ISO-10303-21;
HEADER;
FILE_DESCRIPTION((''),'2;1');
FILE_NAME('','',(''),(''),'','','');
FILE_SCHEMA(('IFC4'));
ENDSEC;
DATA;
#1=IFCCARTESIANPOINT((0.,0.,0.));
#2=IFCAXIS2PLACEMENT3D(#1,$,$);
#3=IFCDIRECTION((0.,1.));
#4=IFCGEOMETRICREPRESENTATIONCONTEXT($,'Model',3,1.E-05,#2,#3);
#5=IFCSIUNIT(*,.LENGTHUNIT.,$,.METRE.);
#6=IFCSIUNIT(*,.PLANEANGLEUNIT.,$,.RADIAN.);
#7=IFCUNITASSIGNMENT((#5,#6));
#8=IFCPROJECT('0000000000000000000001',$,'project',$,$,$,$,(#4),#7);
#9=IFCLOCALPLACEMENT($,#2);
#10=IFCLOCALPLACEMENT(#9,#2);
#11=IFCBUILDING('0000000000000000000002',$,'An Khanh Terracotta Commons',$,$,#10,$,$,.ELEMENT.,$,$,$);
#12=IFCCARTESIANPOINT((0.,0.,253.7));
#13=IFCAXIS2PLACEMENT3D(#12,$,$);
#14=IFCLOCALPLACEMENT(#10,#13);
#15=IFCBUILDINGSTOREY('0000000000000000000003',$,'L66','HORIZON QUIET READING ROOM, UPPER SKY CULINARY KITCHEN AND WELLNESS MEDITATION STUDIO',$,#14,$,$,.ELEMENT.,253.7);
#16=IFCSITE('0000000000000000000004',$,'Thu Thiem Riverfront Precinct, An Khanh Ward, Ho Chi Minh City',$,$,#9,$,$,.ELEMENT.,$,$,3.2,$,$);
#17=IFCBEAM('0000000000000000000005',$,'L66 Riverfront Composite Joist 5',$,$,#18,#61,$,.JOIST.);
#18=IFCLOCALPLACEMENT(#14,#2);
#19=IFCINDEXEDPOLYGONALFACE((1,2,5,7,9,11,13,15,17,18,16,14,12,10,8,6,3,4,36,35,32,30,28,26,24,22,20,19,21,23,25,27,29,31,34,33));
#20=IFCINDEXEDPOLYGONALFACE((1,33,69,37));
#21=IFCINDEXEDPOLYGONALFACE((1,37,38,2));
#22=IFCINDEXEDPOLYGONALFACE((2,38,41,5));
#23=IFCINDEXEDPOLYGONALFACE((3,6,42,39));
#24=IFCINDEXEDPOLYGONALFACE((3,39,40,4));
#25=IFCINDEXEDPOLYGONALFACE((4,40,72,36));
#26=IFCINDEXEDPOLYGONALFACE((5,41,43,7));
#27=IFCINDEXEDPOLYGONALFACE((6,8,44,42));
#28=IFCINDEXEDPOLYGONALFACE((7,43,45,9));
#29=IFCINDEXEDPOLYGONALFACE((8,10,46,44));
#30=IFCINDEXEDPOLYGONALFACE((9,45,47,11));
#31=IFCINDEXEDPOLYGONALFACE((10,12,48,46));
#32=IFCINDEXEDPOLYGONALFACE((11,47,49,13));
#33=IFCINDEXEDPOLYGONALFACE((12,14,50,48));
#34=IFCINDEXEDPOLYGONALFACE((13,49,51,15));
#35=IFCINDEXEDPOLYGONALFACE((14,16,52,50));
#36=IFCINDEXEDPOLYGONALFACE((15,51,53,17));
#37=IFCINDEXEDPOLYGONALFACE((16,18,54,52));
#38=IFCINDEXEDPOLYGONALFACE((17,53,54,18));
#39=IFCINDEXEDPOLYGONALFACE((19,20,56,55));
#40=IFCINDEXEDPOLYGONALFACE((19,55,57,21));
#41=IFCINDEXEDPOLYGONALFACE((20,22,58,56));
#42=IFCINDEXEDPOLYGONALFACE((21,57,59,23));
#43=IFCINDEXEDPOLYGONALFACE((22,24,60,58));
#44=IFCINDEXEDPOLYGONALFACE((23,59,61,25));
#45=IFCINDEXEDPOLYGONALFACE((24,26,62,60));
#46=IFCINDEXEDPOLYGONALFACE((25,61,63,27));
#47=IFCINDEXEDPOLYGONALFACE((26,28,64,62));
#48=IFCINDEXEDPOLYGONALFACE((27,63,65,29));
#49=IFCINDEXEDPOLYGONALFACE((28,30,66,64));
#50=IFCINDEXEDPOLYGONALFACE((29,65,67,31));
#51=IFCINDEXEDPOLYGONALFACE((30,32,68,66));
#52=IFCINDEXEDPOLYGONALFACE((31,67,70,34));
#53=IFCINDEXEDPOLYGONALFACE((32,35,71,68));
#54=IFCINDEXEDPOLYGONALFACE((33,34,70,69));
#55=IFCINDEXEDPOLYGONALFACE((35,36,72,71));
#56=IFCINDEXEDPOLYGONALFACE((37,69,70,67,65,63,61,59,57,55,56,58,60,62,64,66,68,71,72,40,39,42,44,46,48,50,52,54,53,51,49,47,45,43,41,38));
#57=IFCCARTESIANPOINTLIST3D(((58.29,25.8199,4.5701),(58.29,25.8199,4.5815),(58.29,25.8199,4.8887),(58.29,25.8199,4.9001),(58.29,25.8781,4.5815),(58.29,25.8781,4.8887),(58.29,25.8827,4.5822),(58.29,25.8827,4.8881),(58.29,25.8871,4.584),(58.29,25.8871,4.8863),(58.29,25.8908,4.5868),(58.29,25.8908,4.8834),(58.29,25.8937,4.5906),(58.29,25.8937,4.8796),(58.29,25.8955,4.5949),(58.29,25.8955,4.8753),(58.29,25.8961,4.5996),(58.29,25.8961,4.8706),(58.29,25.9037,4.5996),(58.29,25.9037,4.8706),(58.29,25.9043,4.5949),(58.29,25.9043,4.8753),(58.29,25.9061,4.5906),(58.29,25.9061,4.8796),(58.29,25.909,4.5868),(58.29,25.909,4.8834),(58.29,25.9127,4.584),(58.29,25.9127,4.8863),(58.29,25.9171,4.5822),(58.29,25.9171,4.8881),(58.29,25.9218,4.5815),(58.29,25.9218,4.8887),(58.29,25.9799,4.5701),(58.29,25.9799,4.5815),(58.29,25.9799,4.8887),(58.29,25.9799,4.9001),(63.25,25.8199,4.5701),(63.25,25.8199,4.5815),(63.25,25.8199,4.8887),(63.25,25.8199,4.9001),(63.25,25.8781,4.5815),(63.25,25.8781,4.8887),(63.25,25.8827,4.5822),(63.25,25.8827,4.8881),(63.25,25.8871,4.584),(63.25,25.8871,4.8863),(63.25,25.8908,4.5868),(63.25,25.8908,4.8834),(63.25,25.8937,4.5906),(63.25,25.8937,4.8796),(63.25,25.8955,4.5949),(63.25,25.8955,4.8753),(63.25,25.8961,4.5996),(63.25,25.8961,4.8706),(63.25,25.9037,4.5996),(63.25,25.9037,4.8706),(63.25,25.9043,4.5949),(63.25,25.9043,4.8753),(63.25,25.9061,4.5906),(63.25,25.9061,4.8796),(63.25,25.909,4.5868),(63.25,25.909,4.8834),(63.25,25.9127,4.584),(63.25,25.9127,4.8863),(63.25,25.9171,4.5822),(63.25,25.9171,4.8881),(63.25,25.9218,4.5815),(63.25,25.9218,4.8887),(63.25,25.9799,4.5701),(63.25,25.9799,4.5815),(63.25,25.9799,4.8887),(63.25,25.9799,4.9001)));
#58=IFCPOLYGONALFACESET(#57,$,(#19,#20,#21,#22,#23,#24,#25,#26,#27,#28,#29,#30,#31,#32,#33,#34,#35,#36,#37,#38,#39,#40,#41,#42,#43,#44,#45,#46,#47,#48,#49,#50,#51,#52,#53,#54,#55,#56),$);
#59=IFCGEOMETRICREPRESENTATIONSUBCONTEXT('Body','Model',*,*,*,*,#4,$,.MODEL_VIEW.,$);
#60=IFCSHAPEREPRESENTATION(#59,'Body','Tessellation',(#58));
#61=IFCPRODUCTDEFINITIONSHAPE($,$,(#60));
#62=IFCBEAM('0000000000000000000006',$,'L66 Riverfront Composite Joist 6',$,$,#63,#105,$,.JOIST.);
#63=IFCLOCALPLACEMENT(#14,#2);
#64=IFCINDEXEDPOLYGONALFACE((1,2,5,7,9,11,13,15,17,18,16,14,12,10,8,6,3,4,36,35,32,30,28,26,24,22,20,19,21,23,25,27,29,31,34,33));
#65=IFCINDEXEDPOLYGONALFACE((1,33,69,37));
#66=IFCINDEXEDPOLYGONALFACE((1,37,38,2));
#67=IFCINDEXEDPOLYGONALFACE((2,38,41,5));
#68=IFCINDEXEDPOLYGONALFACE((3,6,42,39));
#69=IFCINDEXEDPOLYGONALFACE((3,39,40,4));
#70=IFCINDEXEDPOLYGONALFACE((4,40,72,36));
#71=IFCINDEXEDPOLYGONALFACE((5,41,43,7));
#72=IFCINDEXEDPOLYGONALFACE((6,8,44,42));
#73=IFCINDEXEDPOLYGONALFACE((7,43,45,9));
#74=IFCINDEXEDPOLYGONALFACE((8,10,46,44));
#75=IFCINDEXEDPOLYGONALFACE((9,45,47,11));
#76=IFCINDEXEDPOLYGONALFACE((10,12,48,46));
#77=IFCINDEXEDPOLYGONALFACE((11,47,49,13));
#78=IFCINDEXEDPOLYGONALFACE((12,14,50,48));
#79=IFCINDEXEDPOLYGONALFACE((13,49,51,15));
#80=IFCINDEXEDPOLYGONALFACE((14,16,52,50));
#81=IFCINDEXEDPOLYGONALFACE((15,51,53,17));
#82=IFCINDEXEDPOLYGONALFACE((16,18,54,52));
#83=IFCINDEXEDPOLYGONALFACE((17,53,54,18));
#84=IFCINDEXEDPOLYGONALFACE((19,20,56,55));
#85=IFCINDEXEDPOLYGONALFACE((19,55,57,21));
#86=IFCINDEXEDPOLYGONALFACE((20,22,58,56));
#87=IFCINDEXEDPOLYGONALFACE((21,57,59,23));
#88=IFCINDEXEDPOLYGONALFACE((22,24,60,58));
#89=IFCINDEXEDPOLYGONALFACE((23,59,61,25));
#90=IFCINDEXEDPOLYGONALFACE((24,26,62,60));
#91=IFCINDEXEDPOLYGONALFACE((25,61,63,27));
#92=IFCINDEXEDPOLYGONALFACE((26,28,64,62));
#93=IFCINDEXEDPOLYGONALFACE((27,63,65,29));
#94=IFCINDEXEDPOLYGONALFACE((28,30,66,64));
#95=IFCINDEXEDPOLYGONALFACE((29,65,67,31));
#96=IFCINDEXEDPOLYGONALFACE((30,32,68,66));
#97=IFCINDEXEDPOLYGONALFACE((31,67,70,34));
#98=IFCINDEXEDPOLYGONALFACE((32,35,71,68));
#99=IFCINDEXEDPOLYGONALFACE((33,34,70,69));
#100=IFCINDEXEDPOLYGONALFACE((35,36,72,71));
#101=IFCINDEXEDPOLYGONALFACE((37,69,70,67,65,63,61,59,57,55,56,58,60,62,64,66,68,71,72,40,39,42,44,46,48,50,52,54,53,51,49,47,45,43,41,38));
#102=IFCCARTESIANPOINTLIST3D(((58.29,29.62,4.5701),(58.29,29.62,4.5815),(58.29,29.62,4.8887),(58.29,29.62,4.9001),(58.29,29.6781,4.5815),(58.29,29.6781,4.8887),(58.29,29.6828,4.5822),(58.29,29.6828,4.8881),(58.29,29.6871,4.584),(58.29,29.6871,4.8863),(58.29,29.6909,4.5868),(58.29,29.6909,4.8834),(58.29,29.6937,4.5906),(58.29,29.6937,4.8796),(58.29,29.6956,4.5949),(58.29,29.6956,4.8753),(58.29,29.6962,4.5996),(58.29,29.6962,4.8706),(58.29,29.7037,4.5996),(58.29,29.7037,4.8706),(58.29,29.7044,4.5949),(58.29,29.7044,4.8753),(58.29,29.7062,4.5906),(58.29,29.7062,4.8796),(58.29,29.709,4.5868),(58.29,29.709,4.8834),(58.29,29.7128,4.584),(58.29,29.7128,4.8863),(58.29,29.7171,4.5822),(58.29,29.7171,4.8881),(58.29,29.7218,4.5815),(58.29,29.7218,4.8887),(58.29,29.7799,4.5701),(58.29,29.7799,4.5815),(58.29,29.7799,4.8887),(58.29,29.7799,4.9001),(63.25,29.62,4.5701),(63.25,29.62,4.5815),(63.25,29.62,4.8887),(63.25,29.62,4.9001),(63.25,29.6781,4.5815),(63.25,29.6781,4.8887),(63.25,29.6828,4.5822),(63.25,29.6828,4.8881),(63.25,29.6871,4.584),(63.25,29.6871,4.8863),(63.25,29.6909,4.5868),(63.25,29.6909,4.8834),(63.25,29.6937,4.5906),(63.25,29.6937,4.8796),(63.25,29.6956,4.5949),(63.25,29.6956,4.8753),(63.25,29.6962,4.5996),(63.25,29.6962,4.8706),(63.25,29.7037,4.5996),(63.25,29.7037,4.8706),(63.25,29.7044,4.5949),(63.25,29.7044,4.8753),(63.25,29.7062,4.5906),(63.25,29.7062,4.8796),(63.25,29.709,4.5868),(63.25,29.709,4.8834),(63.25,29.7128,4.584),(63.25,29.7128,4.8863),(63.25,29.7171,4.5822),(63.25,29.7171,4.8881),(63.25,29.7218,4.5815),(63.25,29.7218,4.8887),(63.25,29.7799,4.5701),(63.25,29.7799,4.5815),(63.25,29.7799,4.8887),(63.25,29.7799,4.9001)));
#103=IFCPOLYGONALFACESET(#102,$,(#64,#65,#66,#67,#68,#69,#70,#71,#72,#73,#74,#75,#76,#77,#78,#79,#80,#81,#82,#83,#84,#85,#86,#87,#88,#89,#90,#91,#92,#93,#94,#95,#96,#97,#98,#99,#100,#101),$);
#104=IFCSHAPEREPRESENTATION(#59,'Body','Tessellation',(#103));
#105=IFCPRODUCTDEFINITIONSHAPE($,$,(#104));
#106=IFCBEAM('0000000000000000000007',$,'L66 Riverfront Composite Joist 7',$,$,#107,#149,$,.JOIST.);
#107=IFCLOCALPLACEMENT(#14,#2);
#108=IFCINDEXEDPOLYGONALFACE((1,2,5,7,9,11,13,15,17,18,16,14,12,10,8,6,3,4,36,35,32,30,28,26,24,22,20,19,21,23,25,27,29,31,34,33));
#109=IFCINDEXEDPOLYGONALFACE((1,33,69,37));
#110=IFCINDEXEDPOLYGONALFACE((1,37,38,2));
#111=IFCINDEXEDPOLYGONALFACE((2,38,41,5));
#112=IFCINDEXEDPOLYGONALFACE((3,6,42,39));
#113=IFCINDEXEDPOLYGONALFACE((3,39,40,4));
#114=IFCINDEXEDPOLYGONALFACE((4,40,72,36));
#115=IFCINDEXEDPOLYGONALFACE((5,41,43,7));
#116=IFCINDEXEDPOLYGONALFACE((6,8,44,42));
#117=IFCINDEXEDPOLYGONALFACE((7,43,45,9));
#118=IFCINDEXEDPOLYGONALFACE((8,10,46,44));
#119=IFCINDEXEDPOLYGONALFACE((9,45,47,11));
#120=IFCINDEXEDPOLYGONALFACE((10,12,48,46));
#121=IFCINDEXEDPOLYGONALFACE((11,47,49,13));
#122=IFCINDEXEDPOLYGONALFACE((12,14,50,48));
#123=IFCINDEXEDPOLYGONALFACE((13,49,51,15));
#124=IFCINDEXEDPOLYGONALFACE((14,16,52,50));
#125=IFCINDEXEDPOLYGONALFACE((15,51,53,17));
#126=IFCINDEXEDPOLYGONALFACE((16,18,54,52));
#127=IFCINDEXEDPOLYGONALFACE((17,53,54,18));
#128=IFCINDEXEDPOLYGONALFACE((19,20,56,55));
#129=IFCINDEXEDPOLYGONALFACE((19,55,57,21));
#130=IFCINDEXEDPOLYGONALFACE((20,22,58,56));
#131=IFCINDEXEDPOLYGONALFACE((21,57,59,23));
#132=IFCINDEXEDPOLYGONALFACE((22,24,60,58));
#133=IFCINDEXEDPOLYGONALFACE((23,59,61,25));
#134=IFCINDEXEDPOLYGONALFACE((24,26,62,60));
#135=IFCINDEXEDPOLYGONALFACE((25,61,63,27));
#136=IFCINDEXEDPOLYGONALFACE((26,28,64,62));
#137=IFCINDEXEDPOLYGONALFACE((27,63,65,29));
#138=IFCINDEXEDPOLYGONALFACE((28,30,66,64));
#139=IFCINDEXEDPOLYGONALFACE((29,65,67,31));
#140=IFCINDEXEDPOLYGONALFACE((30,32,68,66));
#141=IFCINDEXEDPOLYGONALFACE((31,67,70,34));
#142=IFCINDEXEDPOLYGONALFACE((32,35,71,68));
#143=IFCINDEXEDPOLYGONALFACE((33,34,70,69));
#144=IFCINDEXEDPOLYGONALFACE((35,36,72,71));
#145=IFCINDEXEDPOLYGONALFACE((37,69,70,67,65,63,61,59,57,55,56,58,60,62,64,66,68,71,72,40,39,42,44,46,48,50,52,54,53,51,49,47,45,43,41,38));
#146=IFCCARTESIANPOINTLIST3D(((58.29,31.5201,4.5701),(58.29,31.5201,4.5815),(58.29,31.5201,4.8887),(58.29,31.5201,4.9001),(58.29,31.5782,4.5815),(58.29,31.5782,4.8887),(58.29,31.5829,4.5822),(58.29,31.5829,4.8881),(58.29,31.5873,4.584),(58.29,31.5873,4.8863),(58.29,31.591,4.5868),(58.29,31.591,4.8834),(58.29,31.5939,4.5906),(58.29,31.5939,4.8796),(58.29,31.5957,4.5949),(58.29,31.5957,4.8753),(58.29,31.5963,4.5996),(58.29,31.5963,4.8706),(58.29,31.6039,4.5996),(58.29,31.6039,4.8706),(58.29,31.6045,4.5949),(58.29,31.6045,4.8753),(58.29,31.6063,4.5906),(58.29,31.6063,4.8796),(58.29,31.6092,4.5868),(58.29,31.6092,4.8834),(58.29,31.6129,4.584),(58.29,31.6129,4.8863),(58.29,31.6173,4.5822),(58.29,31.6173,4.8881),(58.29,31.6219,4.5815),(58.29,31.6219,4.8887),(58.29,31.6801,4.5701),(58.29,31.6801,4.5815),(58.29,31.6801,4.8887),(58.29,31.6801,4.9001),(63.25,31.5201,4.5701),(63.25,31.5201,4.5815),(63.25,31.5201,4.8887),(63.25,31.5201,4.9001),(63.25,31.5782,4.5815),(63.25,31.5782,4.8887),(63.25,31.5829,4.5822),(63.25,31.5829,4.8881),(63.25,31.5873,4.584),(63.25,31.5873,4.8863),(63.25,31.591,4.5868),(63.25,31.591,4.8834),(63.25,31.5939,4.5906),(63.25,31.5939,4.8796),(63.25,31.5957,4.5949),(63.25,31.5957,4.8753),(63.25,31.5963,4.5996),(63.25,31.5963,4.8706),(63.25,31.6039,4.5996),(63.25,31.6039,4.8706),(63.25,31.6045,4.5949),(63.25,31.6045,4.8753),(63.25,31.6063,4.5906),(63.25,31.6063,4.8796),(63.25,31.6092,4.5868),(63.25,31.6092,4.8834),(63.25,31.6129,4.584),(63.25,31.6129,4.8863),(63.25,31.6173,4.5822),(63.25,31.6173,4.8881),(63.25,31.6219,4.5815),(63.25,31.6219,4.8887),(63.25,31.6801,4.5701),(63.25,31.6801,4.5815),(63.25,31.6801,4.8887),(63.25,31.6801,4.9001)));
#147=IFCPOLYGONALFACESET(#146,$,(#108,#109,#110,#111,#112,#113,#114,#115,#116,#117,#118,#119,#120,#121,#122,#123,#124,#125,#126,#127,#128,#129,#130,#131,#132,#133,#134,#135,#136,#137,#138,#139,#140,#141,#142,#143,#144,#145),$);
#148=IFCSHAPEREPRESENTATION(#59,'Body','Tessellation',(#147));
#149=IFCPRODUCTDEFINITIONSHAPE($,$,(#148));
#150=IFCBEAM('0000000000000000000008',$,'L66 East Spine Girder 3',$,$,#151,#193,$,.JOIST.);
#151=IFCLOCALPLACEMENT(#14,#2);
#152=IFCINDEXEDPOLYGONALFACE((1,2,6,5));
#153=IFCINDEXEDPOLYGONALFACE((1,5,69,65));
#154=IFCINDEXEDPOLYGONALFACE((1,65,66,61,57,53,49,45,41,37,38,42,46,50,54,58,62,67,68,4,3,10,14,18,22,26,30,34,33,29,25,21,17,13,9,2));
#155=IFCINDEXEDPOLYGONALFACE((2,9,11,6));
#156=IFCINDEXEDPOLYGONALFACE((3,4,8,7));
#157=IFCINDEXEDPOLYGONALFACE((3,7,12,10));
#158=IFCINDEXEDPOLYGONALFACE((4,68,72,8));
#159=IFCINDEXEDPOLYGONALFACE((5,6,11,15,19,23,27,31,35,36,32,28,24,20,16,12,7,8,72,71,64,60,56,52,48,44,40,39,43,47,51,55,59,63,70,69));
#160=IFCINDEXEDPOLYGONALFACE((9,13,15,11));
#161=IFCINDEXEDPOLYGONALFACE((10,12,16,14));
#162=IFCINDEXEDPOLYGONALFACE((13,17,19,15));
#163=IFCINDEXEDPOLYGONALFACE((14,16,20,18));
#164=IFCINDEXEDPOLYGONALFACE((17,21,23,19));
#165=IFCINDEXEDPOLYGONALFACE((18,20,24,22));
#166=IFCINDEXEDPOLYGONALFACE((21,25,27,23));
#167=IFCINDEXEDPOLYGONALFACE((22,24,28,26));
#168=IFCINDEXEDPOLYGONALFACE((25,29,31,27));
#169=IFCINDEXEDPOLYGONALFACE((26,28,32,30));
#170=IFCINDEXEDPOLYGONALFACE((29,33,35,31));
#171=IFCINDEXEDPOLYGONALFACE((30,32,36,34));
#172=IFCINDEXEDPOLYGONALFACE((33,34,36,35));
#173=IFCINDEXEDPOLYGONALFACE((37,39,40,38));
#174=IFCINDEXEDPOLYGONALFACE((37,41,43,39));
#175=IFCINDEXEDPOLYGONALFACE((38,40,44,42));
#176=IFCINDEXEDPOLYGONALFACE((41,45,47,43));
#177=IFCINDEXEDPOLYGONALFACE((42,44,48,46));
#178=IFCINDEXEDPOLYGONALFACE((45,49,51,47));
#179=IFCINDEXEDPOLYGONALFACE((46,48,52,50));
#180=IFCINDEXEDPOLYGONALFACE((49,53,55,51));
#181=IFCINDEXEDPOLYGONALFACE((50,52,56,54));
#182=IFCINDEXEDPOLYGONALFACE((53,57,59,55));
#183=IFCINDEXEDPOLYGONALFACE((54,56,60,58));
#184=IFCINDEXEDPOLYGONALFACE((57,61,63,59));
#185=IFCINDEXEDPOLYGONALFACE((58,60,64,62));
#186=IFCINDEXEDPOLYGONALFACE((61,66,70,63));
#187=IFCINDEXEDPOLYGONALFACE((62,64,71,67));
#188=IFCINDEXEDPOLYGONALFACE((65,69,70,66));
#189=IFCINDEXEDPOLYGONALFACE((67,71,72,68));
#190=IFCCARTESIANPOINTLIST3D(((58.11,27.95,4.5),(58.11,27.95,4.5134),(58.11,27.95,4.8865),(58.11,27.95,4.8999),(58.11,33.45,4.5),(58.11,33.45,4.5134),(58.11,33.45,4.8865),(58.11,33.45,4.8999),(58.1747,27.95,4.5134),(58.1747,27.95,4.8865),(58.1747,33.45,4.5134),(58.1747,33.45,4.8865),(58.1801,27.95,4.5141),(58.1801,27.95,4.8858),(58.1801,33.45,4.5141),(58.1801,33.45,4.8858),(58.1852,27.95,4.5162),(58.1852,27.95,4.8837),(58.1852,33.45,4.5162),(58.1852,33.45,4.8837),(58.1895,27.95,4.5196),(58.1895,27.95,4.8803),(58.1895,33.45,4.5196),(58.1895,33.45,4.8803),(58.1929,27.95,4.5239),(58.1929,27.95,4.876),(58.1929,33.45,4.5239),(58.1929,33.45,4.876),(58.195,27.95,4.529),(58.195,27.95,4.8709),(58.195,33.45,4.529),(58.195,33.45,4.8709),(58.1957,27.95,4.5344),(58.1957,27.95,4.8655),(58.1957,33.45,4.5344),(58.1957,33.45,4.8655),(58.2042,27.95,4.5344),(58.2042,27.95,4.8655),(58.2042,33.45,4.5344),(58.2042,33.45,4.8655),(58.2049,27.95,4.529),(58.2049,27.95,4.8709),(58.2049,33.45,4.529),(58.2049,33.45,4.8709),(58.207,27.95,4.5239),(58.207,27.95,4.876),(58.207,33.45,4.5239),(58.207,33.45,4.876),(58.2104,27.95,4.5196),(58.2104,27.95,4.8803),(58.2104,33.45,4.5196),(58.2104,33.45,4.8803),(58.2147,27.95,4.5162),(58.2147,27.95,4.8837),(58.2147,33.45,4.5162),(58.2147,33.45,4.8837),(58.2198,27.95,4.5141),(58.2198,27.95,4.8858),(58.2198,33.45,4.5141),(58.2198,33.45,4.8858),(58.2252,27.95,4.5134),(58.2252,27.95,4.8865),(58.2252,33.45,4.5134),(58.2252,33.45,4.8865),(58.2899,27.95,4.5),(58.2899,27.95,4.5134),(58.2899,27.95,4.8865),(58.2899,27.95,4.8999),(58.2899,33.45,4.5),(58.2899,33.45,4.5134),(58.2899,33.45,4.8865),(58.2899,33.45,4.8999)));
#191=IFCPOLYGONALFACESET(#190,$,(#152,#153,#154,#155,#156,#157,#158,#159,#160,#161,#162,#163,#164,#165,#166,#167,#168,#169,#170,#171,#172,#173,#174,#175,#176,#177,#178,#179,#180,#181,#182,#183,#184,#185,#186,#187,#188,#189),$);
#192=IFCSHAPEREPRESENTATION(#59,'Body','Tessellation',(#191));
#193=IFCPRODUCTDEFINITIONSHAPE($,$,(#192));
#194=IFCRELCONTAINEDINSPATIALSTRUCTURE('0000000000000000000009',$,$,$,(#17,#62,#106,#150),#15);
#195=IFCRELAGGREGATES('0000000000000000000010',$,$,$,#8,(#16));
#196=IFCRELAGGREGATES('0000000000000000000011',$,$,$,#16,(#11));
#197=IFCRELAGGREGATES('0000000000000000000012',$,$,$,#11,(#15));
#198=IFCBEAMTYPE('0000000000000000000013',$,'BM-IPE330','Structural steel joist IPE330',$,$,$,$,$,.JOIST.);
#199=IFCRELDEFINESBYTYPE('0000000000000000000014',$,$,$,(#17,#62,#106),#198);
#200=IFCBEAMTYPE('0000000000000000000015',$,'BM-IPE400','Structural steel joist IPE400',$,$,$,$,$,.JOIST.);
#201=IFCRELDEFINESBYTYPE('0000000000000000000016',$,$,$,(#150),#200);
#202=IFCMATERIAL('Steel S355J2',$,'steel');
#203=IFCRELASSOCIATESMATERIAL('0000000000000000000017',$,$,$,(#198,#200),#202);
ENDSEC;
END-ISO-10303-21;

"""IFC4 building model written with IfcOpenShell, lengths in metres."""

from ifc_helpers import new_model, si_unit, direction, frame, origin, origin_2d, place, context, subcontext, project, spatial, i_section, extrude, material, material_profile, profile_set, type_object, element, save


model = new_model("IFC4")

# Units and contexts
model_context = context("Model", 3, precision=1e-05, world=origin(), true_north=direction((0.0, 1.0)))
body_context = subcontext(model_context, "Body", "Model", "MODEL_VIEW")
ifc_project = project(units=[si_unit("LENGTHUNIT", "METRE"), si_unit("PLANEANGLEUNIT", "RADIAN")], contexts=[model_context])

# Site, building, storey
site_placement = place(None, origin())
site = spatial("IfcSite", under=ifc_project, at=site_placement, Name="Thu Thiem Riverfront Precinct, An Khanh Ward, Ho Chi Minh City", CompositionType="ELEMENT", RefElevation=3.2)
building_placement = place(site_placement, origin())
building = spatial("IfcBuilding", under=site, at=building_placement, Name="An Khanh Terracotta Commons", CompositionType="ELEMENT")
storey_placement = place(building_placement, frame((0.0, 0.0, 253.7)))
storey = spatial("IfcBuildingStorey", under=building, at=storey_placement, Name="L66", Description="HORIZON QUIET READING ROOM, UPPER SKY CULINARY KITCHEN AND WELLNESS MEDITATION STUDIO", CompositionType="ELEMENT", Elevation=253.7)

# Beams
ifc_material_1 = material(Name="Steel S355J2", Category="steel")
ifc_material_profile_1 = material_profile(ifc_material_1, i_section(OverallWidth=0.1599, OverallDepth=0.3301, WebThickness=0.0076, FlangeThickness=0.0115, FilletRadius=0.0181, at=origin_2d()), Name="IPE330")
ifc_profile_set_1 = profile_set([ifc_material_profile_1], Name="Steel S355J2")
beam_type_1 = type_object("IfcBeamType", Name="BM-IPE330", Description="Structural steel joist IPE330", PredefinedType="JOIST", material=ifc_profile_set_1)
for number, where, z_axis, x_axis, name in (
    (1, (58.29, 25.8999, 4.7351), (1.0, 0.0, 0.0), (0.0, 1.0, 0.0), "L66 Riverfront Composite Joist 5"),
    (2, (58.29, 29.7, 4.7351), (1.0, 0.0, 0.0), (0.0, 1.0, 0.0), "L66 Riverfront Composite Joist 6"),
    (3, (58.29, 31.6001, 4.7351), (1.0, 0.0, 0.0), (0.0, 1.0, 0.0), "L66 Riverfront Composite Joist 7"),
):
    element("IfcBeam", number, at=place(storey_placement, frame(where, z_axis=z_axis, x_axis=x_axis)), inside=storey, type_object=beam_type_1, Name=name, PredefinedType="JOIST", context=body_context, shape_type="SweptSolid", body=[
        extrude(i_section(OverallWidth=0.1599, OverallDepth=0.3301, WebThickness=0.0076, FlangeThickness=0.0115, FilletRadius=0.0181, at=origin_2d()), origin(), (0.0, 0.0, 1.0), 4.96),
    ])
ifc_material_profile_2 = material_profile(ifc_material_1, i_section(OverallWidth=0.1799, OverallDepth=0.3999, WebThickness=0.0085, FlangeThickness=0.0134, FilletRadius=0.021, at=origin_2d()), Name="IPE400")
ifc_profile_set_2 = profile_set([ifc_material_profile_2], Name="Steel S355J2")
beam_type_2 = type_object("IfcBeamType", Name="BM-IPE400", Description="Structural steel joist IPE400", PredefinedType="JOIST", material=ifc_profile_set_2)
beam_1_placement = place(storey_placement, frame((58.2, 27.95, 4.7), z_axis=(0.0, 1.0, 0.0), x_axis=(-1.0, 0.0, 0.0)))
element("IfcBeam", 4, at=beam_1_placement, inside=storey, type_object=beam_type_2, Name="L66 East Spine Girder 3", PredefinedType="JOIST", context=body_context, shape_type="SweptSolid", body=[
    extrude(i_section(OverallWidth=0.1799, OverallDepth=0.3999, WebThickness=0.0085, FlangeThickness=0.0134, FilletRadius=0.021, at=origin_2d()), origin(), (0.0, 0.0, 1.0), 5.5),
])

save(model, "model.ifc")
